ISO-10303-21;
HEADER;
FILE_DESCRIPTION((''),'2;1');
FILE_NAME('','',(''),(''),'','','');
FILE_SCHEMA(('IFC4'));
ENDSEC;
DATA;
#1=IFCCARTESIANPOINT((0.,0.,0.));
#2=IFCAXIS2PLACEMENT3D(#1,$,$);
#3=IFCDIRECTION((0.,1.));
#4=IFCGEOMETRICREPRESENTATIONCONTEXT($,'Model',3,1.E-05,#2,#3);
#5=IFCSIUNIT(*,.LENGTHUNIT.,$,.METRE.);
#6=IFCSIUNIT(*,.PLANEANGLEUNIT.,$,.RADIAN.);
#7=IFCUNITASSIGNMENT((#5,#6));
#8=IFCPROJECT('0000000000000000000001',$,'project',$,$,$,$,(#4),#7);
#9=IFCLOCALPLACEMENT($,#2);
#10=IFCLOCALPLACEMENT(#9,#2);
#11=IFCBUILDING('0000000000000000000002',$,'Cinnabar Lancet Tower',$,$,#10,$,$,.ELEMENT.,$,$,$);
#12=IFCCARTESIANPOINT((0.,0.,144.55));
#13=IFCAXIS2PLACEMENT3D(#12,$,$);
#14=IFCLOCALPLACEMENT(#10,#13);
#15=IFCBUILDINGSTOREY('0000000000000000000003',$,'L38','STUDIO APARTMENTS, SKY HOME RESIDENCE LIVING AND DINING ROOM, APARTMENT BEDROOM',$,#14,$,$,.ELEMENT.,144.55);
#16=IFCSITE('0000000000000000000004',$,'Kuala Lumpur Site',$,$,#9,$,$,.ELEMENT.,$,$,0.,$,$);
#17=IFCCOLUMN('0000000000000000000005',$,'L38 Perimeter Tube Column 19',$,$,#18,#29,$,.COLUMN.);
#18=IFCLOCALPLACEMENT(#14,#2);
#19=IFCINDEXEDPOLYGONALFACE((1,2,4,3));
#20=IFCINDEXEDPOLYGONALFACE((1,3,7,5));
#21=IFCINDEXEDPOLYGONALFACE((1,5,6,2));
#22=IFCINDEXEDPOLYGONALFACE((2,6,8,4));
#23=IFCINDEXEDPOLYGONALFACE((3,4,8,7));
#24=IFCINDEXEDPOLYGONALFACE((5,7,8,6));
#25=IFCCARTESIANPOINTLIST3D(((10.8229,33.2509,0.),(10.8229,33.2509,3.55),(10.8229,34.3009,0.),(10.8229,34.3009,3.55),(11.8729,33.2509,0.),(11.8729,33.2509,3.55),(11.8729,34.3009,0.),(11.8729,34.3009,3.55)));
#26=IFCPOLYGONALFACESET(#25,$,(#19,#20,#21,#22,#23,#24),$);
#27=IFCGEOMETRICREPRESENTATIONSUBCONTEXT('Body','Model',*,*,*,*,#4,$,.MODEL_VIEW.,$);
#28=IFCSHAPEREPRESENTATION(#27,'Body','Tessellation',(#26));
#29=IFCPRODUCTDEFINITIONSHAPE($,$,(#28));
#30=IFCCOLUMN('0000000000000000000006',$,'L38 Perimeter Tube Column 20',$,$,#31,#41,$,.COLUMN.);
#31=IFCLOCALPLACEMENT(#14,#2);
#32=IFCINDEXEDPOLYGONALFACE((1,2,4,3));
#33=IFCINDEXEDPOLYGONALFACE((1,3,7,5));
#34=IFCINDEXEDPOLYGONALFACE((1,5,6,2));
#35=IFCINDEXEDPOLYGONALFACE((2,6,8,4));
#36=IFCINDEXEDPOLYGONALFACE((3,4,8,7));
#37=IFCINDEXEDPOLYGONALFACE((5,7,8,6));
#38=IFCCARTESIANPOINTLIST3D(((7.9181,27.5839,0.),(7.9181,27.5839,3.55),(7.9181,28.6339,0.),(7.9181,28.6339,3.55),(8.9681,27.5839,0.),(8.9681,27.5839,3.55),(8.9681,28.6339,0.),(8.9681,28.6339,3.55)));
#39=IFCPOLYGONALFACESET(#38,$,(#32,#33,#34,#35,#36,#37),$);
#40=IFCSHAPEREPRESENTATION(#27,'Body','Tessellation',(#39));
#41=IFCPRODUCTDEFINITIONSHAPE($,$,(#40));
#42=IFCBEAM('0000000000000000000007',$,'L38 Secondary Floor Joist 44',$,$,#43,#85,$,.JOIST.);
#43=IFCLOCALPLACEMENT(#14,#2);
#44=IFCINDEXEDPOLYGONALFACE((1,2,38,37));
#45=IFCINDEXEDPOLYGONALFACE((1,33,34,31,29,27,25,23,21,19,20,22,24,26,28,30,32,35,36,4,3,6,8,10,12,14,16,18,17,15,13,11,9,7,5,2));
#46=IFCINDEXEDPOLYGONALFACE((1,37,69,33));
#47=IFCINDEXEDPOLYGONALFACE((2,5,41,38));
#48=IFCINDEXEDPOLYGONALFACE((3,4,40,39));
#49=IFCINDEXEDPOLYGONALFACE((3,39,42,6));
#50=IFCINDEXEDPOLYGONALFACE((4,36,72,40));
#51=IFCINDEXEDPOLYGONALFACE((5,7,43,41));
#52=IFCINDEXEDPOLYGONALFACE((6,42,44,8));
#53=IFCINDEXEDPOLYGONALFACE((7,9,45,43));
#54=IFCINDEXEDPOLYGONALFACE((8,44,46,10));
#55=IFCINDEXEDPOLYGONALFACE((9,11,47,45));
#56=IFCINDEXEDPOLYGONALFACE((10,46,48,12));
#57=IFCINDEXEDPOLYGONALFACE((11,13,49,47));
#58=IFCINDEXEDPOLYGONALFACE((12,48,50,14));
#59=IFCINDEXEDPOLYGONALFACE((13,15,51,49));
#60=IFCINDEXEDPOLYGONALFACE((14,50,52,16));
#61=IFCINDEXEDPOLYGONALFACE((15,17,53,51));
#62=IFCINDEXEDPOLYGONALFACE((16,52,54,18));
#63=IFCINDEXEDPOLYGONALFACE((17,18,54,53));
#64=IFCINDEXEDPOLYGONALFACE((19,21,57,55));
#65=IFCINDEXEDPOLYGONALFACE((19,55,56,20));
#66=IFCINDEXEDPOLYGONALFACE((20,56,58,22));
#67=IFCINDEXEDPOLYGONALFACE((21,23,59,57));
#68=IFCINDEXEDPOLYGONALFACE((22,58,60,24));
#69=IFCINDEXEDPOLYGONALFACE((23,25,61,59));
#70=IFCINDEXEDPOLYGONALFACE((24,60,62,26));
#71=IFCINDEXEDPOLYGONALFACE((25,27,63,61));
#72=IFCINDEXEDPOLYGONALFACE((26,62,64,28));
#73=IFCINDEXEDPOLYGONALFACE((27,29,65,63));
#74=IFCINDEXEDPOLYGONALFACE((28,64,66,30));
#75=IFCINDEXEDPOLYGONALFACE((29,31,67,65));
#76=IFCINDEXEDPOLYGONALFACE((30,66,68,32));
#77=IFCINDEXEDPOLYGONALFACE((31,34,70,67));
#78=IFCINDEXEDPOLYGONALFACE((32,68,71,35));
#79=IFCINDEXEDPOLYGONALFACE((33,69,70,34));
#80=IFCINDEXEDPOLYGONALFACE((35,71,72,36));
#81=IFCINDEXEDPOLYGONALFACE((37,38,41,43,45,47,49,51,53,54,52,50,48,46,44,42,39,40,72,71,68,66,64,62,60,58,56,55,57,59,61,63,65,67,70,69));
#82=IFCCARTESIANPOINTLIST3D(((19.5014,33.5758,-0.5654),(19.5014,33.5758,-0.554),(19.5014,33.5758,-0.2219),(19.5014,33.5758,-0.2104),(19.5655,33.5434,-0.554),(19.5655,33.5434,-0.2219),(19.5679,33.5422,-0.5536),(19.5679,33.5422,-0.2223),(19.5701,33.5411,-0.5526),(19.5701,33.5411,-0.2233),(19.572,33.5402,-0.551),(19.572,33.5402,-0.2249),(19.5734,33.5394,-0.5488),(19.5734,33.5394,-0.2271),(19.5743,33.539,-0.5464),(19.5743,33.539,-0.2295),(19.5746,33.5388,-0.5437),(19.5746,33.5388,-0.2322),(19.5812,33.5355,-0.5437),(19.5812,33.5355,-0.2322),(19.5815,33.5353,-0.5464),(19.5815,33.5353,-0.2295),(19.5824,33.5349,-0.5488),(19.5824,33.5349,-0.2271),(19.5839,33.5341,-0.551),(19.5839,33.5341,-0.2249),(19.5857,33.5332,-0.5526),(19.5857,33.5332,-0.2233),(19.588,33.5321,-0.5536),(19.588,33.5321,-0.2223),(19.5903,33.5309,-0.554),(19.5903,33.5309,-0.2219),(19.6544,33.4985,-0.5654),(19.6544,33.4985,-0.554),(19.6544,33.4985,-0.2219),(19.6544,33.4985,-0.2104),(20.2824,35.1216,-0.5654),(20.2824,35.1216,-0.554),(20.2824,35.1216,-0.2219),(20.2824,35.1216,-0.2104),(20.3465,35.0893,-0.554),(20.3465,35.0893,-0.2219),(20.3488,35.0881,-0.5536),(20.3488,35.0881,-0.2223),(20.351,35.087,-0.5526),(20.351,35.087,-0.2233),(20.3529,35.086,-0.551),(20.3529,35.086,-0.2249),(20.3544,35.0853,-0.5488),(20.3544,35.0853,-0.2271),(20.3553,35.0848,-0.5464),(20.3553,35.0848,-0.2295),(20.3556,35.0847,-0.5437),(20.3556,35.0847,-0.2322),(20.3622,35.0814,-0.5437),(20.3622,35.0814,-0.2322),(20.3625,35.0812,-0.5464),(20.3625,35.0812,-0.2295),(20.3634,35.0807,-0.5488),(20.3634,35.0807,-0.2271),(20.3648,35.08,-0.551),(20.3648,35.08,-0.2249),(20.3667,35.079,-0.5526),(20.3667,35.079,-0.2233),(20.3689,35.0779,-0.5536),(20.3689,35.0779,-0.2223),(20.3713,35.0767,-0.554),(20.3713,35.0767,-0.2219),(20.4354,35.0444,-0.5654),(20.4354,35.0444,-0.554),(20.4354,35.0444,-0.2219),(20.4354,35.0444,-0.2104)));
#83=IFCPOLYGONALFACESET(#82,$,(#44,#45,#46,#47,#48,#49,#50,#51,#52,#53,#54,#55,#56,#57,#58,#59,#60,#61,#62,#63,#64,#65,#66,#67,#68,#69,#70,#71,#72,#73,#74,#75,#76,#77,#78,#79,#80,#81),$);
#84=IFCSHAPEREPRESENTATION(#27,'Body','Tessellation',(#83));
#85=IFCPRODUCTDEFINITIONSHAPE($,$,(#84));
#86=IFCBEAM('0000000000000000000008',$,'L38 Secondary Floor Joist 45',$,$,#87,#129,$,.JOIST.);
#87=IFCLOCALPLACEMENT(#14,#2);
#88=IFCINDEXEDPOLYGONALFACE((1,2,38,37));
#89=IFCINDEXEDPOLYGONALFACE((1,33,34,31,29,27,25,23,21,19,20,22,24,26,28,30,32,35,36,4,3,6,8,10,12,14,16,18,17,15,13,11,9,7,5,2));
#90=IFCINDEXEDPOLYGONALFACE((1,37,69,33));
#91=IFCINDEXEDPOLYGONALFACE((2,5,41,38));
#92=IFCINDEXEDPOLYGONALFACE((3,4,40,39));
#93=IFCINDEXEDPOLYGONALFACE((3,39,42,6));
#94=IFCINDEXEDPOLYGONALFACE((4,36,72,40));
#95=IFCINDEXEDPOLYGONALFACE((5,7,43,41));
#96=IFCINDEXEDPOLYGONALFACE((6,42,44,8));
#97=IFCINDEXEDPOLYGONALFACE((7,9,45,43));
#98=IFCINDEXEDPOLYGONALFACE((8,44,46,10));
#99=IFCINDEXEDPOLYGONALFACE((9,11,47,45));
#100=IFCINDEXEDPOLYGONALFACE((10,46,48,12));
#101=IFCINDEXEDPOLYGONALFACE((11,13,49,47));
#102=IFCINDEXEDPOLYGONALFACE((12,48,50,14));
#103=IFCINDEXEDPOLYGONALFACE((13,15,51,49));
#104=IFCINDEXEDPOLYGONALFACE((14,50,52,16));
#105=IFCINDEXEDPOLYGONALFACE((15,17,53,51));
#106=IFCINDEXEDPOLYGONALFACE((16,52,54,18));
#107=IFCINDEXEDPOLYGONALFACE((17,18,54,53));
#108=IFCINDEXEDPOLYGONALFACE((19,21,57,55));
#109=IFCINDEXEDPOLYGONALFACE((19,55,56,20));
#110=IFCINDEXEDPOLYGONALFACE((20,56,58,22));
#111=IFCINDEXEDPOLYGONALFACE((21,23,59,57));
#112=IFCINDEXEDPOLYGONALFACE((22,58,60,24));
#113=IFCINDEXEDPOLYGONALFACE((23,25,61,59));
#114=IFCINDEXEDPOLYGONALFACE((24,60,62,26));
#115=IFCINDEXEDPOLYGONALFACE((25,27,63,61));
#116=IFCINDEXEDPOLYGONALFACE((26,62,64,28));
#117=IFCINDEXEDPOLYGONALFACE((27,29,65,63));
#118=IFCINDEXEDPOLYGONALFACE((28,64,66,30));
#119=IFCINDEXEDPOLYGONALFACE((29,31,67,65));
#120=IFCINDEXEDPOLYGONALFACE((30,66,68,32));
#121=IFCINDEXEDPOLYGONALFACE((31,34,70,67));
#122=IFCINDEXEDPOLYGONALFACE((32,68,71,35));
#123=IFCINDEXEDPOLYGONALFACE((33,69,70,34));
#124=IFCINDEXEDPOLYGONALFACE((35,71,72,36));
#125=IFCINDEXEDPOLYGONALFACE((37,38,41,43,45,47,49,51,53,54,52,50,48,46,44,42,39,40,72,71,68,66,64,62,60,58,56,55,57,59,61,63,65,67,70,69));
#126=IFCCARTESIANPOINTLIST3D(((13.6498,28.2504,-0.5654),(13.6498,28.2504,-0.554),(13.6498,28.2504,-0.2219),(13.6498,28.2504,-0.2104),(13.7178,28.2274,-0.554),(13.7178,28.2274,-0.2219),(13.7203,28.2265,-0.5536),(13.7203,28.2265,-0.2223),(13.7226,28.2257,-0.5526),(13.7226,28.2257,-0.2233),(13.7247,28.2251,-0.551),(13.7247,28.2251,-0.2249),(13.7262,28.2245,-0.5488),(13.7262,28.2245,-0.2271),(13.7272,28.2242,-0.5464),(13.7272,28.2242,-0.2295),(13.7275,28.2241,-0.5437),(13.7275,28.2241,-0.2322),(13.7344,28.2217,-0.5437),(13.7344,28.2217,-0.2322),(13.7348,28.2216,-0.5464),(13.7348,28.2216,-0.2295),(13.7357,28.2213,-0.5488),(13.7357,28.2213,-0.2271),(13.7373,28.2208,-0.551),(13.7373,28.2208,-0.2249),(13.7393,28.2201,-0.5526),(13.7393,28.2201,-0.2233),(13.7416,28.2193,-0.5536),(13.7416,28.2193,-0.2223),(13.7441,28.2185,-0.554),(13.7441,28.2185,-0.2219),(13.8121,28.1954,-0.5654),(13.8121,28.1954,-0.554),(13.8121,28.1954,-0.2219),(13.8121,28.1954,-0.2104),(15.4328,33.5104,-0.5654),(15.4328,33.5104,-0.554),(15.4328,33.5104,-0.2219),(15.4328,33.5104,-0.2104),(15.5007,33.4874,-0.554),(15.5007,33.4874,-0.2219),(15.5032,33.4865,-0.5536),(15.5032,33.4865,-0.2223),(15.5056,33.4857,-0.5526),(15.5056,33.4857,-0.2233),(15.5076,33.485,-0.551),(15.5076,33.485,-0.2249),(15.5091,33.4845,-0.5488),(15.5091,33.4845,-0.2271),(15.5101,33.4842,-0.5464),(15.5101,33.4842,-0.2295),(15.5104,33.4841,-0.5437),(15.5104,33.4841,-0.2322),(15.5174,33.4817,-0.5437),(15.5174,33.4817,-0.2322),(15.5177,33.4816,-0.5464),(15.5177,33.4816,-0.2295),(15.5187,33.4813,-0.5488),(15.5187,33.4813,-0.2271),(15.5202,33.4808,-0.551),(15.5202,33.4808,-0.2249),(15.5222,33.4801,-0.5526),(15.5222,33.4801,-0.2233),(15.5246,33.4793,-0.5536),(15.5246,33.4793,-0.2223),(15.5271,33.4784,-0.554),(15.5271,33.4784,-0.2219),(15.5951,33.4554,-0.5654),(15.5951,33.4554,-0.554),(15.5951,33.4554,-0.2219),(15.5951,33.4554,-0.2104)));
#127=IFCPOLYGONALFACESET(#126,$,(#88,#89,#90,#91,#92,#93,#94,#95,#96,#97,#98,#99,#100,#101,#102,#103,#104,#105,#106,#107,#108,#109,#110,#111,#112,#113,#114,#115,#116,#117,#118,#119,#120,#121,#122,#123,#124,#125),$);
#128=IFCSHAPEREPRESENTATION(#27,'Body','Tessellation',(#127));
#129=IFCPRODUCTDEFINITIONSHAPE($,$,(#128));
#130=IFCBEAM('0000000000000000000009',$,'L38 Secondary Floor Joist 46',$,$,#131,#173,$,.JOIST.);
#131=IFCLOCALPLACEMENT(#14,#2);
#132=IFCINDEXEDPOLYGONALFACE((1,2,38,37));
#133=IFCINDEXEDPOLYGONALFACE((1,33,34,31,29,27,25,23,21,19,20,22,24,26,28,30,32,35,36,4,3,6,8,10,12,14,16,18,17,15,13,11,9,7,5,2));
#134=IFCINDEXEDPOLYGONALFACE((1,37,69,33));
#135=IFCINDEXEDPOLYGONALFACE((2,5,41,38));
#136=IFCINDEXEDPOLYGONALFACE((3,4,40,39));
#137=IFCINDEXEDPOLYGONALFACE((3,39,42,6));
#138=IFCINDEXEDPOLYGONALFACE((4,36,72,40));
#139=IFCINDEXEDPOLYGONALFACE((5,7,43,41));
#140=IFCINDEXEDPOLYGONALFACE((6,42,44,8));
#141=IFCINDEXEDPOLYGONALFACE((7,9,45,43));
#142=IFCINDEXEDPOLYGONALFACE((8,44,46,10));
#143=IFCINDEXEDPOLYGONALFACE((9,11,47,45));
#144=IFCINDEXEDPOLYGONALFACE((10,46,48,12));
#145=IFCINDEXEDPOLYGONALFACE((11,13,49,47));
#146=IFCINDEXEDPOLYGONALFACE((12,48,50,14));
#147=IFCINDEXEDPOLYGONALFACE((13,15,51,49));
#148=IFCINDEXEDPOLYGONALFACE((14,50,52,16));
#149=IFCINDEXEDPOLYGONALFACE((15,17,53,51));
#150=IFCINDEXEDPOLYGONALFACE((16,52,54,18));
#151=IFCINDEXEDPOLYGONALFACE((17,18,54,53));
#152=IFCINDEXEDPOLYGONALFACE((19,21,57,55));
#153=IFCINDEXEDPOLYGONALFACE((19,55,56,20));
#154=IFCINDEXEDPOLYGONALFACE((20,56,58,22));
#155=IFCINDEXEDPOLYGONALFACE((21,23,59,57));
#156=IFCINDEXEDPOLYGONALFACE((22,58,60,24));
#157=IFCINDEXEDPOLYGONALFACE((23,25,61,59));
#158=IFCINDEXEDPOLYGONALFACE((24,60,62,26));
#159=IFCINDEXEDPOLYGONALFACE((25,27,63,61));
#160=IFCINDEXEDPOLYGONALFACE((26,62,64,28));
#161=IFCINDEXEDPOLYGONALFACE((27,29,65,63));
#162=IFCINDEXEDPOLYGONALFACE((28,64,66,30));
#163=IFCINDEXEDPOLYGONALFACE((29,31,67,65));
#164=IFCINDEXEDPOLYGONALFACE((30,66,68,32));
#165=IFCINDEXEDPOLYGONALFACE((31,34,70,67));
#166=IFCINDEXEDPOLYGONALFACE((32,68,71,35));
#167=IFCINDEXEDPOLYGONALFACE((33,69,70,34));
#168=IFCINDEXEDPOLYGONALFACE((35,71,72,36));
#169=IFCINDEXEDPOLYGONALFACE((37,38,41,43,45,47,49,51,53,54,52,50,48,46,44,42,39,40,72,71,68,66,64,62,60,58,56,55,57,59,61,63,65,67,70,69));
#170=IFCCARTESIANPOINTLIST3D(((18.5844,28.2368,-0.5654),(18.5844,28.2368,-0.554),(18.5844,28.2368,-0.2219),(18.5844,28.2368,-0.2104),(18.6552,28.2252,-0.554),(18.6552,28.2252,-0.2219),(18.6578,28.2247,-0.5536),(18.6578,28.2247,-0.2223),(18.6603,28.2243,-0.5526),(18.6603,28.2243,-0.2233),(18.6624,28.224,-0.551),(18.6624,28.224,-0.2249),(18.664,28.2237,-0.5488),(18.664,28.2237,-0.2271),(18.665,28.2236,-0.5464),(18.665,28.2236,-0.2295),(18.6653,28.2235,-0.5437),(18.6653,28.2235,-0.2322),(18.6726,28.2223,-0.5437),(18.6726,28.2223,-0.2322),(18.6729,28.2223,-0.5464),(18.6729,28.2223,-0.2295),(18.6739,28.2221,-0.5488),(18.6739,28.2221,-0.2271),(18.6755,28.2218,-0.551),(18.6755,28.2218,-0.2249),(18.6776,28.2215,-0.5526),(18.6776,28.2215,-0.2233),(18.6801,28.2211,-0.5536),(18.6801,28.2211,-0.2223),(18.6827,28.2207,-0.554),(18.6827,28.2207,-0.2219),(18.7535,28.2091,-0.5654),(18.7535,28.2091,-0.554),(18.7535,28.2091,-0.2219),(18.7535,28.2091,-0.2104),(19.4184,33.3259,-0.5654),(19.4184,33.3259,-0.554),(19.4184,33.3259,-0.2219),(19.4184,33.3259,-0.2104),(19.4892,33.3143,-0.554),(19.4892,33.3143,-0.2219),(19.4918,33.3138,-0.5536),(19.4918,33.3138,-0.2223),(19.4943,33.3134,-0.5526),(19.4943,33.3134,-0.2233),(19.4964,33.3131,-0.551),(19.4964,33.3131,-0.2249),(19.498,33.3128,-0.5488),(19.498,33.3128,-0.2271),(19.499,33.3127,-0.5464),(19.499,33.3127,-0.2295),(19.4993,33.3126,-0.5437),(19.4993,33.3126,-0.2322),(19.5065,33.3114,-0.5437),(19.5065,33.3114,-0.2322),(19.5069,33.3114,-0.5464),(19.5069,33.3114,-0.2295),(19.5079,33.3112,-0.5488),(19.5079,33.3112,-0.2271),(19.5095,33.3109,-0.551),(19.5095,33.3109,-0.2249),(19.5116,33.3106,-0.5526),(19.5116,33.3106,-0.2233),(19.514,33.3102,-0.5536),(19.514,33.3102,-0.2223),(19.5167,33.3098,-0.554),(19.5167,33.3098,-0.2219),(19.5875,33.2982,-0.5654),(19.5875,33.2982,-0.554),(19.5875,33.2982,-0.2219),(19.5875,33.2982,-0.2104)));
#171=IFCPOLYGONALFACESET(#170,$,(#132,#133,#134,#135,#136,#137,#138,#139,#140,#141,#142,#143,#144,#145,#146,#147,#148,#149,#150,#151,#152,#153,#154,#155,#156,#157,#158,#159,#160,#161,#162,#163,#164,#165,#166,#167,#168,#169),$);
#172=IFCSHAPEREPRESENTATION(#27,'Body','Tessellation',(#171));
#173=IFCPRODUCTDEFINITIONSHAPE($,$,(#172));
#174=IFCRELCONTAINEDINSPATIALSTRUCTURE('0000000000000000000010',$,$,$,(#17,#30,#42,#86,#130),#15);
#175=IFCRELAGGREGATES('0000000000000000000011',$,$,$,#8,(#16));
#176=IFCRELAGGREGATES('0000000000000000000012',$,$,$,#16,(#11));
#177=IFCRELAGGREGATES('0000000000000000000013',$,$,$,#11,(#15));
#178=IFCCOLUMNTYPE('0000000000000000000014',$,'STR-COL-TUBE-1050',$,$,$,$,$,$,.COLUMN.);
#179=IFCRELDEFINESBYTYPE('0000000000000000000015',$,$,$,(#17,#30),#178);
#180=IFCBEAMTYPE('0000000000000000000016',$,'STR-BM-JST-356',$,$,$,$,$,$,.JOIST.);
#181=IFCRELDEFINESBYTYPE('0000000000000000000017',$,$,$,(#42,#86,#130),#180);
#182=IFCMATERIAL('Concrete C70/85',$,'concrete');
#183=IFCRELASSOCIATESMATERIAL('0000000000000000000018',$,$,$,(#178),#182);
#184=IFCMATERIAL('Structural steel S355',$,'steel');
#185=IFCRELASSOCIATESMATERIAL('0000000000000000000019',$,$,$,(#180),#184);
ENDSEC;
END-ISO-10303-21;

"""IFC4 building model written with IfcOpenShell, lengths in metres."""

from ifc_helpers import new_model, si_unit, direction, frame, origin, origin_2d, place, context, subcontext, project, spatial, rectangle, i_section, extrude, material, material_profile, profile_set, type_object, element, save


model = new_model("IFC4")

# Units and contexts
model_context = context("Model", 3, precision=1e-05, world=origin(), true_north=direction((0.0, 1.0)))
body_context = subcontext(model_context, "Body", "Model", "MODEL_VIEW")
ifc_project = project(units=[si_unit("LENGTHUNIT", "METRE"), si_unit("PLANEANGLEUNIT", "RADIAN")], contexts=[model_context])

# Site, building, storey
site_placement = place(None, origin())
site = spatial("IfcSite", under=ifc_project, at=site_placement, Name="Kuala Lumpur Site", CompositionType="ELEMENT", RefElevation=0.0)
building_placement = place(site_placement, origin())
building = spatial("IfcBuilding", under=site, at=building_placement, Name="Cinnabar Lancet Tower", CompositionType="ELEMENT")
storey_placement = place(building_placement, frame((0.0, 0.0, 144.55)))
storey = spatial("IfcBuildingStorey", under=building, at=storey_placement, Name="L38", Description="STUDIO APARTMENTS, SKY HOME RESIDENCE LIVING AND DINING ROOM, APARTMENT BEDROOM", CompositionType="ELEMENT", Elevation=144.55)

# Columns
ifc_material_1 = material(Name="Concrete C70/85", Category="concrete")
ifc_material_profile_1 = material_profile(ifc_material_1, rectangle(XDim=1.05, YDim=1.05, at=origin_2d()), Name="RC-COL 1050x1050")
ifc_profile_set_1 = profile_set([ifc_material_profile_1], Name="Concrete C70/85")
column_type = type_object("IfcColumnType", Name="STR-COL-TUBE-1050", PredefinedType="COLUMN", material=ifc_profile_set_1)
for number, where, z_axis, x_axis, name in (
    (1, (11.3479, 33.7759, 0.0), (0.0, 0.0, 1.0), (1.0, 0.0, 0.0), "L38 Perimeter Tube Column 19"),
    (2, (8.4431, 28.1089, 0.0), (0.0, 0.0, 1.0), (1.0, 0.0, 0.0), "L38 Perimeter Tube Column 20"),
):
    element("IfcColumn", number, at=place(storey_placement, frame(where, z_axis=z_axis, x_axis=x_axis)), inside=storey, type_object=column_type, Name=name, PredefinedType="COLUMN", context=body_context, shape_type="SweptSolid", body=[
        extrude(rectangle(XDim=1.05, YDim=1.05, at=origin_2d()), origin(), (0.0, 0.0, 1.0), 3.55),
    ])

# Beams
ifc_material_2 = material(Name="Structural steel S355", Category="steel")
ifc_material_profile_2 = material_profile(ifc_material_2, i_section(OverallWidth=0.1714, OverallDepth=0.355, WebThickness=0.0073, FlangeThickness=0.0115, FilletRadius=0.0103, at=origin_2d()), Name="UKB 356x171x51")
ifc_profile_set_2 = profile_set([ifc_material_profile_2], Name="Structural steel S355")
beam_type_1 = type_object("IfcBeamType", Name="STR-BM-JST-356", PredefinedType="JOIST", material=ifc_profile_set_2)
beam_1_placement = place(storey_placement, frame((20.3589, 35.083, -0.3879), z_axis=(-0.450931, -0.892559, 0.0), x_axis=(0.892559, -0.450931, 0.0)))
element("IfcBeam", 3, at=beam_1_placement, inside=storey, type_object=beam_type_1, Name="L38 Secondary Floor Joist 44", PredefinedType="JOIST", context=body_context, shape_type="SweptSolid", body=[
    extrude(i_section(OverallWidth=0.1714, OverallDepth=0.355, WebThickness=0.0073, FlangeThickness=0.0115, FilletRadius=0.0103, at=origin_2d()), origin(), (0.0, 0.0, 1.0), 1.7319),
])
beam_2_placement = place(storey_placement, frame((15.5139, 33.4829, -0.3879), z_axis=(-0.321024, -0.947071, 0.0), x_axis=(0.947071, -0.321024, 0.0)))
element("IfcBeam", 4, at=beam_2_placement, inside=storey, type_object=beam_type_1, Name="L38 Secondary Floor Joist 45", PredefinedType="JOIST", context=body_context, shape_type="SweptSolid", body=[
    extrude(i_section(OverallWidth=0.1714, OverallDepth=0.355, WebThickness=0.0073, FlangeThickness=0.0115, FilletRadius=0.0103, at=origin_2d()), origin(), (0.0, 0.0, 1.0), 5.554),
])
beam_3_placement = place(storey_placement, frame((19.5029, 33.312, -0.3879), z_axis=(-0.161719, -0.986837, 0.0), x_axis=(0.986837, -0.161719, 0.0)))
element("IfcBeam", 5, at=beam_3_placement, inside=storey, type_object=beam_type_1, Name="L38 Secondary Floor Joist 46", PredefinedType="JOIST", context=body_context, shape_type="SweptSolid", body=[
    extrude(i_section(OverallWidth=0.1714, OverallDepth=0.355, WebThickness=0.0073, FlangeThickness=0.0115, FilletRadius=0.0103, at=origin_2d()), origin(), (0.0, 0.0, 1.0), 5.157),
])

save(model, "model.ifc")
